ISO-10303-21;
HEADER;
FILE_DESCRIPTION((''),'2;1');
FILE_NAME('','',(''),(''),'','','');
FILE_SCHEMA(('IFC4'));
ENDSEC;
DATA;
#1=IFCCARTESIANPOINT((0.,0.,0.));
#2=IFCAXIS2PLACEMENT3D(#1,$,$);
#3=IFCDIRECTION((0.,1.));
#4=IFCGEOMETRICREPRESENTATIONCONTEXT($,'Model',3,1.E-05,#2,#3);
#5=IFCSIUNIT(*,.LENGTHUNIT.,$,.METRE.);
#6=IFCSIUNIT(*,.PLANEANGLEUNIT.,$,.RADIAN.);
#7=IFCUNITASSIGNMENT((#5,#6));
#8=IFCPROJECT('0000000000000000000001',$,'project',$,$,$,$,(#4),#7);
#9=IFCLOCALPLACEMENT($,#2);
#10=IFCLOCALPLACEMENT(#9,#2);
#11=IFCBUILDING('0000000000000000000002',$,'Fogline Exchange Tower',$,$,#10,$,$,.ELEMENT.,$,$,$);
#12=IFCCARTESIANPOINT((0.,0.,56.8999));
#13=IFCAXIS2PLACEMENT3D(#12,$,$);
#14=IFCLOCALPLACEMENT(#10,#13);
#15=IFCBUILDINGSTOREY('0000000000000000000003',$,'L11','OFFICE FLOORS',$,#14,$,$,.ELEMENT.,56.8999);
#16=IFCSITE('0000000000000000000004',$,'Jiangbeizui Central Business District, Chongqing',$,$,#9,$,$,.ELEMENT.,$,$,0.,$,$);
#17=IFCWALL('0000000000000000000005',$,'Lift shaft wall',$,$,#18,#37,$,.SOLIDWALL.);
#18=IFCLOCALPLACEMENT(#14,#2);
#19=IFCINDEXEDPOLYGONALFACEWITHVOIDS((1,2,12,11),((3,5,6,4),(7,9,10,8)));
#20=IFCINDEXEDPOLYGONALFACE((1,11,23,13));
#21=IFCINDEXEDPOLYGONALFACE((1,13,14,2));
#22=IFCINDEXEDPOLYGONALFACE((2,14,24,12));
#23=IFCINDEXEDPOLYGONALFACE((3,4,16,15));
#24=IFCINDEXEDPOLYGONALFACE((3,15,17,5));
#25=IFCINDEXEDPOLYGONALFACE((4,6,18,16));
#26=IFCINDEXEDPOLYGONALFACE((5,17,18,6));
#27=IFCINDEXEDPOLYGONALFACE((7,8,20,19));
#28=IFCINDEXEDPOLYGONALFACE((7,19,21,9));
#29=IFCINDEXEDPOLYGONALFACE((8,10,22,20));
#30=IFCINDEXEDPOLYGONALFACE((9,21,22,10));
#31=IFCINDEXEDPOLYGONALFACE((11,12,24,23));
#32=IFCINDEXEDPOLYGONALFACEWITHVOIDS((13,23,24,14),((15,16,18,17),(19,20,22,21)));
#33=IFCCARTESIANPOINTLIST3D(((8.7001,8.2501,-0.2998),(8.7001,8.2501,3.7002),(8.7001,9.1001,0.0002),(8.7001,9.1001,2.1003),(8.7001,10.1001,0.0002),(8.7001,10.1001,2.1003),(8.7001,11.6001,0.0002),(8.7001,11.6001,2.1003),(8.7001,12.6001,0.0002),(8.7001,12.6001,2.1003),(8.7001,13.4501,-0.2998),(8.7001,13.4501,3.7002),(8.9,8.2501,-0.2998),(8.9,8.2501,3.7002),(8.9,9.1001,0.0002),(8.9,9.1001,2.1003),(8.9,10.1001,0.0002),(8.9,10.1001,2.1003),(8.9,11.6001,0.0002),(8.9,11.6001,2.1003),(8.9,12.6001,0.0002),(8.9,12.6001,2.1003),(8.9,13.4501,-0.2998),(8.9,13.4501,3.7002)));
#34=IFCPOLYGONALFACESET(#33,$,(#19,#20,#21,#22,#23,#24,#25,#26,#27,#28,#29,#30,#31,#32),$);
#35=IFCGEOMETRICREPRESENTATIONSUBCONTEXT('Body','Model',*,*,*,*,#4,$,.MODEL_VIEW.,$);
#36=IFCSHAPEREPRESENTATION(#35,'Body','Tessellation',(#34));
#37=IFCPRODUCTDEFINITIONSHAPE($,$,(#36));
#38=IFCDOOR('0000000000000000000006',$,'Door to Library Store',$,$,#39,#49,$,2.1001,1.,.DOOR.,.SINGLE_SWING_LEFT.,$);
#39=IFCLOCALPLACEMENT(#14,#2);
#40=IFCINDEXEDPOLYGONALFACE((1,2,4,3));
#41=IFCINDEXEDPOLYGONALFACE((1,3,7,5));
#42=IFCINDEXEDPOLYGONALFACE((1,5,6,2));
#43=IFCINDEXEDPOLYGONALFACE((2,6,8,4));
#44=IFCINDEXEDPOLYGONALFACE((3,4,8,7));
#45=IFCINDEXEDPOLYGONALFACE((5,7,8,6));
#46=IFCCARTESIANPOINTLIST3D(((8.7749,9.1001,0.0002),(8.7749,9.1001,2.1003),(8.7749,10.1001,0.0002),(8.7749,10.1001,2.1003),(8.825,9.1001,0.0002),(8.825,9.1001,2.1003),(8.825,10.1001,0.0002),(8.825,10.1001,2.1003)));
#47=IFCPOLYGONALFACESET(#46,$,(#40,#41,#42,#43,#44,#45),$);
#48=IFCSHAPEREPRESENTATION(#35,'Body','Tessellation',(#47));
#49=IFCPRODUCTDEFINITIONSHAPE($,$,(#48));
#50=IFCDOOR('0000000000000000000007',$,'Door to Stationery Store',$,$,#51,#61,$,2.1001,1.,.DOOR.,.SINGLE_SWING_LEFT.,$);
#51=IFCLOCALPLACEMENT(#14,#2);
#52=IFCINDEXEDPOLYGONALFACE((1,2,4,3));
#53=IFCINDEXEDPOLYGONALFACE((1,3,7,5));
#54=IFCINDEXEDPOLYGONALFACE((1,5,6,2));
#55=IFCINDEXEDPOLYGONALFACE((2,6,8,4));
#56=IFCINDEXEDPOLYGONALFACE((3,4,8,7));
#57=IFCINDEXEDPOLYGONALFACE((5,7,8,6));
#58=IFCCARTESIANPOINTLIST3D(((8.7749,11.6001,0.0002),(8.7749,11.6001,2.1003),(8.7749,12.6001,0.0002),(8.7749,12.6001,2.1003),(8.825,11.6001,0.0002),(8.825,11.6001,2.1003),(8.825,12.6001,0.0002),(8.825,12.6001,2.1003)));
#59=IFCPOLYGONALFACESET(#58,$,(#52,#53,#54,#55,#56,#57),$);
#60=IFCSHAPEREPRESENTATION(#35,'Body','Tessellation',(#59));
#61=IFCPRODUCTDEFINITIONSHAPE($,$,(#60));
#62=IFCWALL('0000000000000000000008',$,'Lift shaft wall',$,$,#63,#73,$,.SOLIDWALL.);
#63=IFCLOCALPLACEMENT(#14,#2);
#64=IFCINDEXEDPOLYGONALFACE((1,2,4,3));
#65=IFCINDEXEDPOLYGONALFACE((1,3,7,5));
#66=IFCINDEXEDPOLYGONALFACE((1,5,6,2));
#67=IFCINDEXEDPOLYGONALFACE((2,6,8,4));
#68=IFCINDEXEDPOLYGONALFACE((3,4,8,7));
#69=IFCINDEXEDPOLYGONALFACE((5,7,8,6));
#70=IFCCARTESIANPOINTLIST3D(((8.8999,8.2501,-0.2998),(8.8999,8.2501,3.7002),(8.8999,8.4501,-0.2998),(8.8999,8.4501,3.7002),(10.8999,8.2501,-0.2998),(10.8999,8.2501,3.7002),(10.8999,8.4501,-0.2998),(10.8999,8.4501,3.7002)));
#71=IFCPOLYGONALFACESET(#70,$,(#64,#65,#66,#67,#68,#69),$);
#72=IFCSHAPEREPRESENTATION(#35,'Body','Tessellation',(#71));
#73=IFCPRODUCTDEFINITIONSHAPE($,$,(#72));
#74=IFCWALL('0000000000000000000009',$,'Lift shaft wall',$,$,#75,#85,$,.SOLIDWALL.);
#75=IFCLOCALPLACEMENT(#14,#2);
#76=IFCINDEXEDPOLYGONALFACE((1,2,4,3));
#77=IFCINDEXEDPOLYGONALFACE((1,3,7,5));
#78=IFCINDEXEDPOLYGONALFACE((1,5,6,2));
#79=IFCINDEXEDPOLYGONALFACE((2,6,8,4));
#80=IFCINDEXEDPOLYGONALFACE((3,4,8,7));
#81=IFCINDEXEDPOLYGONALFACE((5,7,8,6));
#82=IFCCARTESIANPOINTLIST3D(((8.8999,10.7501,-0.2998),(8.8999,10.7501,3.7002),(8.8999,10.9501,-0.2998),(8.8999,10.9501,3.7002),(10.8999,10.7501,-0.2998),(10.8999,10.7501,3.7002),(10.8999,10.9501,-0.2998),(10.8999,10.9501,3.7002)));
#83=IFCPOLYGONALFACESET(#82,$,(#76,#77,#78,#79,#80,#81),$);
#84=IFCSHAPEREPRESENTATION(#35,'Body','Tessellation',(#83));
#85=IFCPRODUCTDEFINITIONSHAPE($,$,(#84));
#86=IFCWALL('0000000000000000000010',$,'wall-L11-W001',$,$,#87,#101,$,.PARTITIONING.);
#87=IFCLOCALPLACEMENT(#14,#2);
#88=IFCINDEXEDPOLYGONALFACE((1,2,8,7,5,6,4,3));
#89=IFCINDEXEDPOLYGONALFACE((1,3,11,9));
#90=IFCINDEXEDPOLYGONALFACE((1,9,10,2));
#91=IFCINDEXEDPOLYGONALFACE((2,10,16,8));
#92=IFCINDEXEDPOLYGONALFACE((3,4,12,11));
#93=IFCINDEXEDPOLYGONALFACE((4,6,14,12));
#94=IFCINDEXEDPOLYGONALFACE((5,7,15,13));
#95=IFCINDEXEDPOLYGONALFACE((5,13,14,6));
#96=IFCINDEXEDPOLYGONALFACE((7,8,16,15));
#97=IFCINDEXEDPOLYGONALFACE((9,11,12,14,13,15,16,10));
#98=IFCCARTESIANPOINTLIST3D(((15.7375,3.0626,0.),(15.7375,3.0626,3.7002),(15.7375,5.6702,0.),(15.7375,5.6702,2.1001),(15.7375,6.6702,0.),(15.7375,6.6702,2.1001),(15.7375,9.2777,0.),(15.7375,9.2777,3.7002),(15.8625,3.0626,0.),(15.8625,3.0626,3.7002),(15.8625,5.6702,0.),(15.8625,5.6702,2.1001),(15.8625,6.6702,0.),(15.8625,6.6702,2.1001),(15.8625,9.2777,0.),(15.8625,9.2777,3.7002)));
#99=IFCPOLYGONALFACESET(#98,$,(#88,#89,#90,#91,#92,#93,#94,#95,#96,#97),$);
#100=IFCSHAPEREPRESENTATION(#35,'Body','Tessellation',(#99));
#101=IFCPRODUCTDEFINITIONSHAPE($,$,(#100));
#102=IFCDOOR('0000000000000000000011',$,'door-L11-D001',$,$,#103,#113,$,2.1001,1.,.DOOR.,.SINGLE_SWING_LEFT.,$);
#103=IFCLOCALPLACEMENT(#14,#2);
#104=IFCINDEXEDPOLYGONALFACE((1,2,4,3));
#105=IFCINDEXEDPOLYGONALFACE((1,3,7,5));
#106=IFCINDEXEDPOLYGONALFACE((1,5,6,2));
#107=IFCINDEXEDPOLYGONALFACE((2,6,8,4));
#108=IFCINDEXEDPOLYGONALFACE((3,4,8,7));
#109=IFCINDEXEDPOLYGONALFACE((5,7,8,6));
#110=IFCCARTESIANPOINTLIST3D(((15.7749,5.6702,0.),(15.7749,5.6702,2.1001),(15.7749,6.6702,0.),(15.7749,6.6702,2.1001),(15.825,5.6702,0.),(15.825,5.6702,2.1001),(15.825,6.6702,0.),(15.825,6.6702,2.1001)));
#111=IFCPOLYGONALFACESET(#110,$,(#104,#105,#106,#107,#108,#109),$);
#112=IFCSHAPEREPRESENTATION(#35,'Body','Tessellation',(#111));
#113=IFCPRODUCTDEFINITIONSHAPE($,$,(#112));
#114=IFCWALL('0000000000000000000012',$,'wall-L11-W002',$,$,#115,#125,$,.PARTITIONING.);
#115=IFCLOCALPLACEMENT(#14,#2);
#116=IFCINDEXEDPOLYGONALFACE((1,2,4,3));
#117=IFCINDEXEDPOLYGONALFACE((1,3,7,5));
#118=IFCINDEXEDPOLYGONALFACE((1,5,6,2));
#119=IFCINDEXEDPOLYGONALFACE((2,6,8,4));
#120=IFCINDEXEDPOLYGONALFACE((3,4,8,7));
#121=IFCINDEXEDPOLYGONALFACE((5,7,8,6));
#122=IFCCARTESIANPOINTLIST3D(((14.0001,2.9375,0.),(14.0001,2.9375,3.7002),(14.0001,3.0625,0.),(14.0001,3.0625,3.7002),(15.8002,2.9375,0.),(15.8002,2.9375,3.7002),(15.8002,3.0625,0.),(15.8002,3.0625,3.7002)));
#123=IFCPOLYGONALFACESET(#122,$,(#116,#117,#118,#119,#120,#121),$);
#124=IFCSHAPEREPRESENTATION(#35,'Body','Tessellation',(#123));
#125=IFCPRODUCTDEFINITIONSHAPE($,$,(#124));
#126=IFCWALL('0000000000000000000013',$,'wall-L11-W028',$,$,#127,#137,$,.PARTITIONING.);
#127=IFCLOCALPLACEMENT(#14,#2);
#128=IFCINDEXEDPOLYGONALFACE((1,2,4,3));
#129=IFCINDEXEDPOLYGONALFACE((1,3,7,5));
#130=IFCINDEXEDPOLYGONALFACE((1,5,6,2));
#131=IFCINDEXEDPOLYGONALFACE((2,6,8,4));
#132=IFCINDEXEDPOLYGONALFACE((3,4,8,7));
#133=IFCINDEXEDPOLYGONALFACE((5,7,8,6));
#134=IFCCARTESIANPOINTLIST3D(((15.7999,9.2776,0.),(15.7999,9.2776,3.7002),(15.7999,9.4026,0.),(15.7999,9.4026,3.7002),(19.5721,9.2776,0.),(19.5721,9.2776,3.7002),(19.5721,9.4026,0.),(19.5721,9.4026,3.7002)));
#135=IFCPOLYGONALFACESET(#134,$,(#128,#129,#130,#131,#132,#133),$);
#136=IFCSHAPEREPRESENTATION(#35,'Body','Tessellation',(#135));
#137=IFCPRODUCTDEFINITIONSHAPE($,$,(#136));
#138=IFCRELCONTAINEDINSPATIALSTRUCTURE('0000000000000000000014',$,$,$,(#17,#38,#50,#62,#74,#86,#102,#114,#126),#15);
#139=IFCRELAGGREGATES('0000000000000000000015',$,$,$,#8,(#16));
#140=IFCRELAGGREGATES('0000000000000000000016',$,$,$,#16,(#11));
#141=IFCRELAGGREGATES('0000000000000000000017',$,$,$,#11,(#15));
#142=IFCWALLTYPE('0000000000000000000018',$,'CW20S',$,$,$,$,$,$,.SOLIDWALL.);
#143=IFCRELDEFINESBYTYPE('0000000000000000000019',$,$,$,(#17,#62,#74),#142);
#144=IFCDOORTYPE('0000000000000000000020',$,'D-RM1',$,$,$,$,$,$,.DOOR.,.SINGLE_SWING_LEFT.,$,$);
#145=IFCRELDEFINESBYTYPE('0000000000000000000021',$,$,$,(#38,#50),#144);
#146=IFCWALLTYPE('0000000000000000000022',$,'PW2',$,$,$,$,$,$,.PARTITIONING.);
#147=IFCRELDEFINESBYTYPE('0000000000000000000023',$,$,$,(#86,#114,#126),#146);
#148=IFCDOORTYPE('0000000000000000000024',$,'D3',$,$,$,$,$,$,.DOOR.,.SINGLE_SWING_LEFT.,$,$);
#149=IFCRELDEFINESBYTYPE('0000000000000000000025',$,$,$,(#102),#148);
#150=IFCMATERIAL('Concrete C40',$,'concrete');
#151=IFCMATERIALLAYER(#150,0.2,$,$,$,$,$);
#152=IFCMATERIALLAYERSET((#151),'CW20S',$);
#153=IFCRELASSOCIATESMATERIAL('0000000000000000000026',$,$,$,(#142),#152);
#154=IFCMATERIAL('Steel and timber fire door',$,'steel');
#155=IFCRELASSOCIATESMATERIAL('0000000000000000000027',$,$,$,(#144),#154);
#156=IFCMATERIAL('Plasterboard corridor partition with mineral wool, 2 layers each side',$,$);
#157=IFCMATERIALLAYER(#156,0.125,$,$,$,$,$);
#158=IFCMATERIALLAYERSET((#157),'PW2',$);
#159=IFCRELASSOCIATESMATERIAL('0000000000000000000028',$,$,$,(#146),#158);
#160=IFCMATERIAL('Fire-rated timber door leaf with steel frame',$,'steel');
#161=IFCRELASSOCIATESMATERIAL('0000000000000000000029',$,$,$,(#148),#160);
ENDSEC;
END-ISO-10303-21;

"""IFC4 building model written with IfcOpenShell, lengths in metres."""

from ifc_helpers import new_model, si_unit, direction, frame, frame_2d, origin, place, context, subcontext, project, spatial, rectangle, extrude, material, layer, layer_set, type_object, element, fill, save


model = new_model("IFC4")

# Units and contexts
model_context = context("Model", 3, precision=1e-05, world=origin(), true_north=direction((0.0, 1.0)))
body_context = subcontext(model_context, "Body", "Model", "MODEL_VIEW")
ifc_project = project(units=[si_unit("LENGTHUNIT", "METRE"), si_unit("PLANEANGLEUNIT", "RADIAN")], contexts=[model_context])

# Site, building, storey
site_placement = place(None, origin())
site = spatial("IfcSite", under=ifc_project, at=site_placement, Name="Jiangbeizui Central Business District, Chongqing", CompositionType="ELEMENT", RefElevation=0.0)
building_placement = place(site_placement, origin())
building = spatial("IfcBuilding", under=site, at=building_placement, Name="Fogline Exchange Tower", CompositionType="ELEMENT")
storey_placement = place(building_placement, frame((0.0, 0.0, 56.8999)))
storey = spatial("IfcBuildingStorey", under=building, at=storey_placement, Name="L11", Description="OFFICE FLOORS", CompositionType="ELEMENT", Elevation=56.8999)

# Shared definitions
ifc_material_1 = material(Name="Concrete C40", Category="concrete")

# Shared definitions
ifc_material_2 = material(Name="Steel and timber fire door", Category="steel")

# Wall, openings, doors
ifc_layer_1 = layer(ifc_material_1, 0.2)
ifc_layer_set_1 = layer_set([ifc_layer_1], Name="CW20S")
wall_type_1 = type_object("IfcWallType", Name="CW20S", PredefinedType="SOLIDWALL", material=ifc_layer_set_1)
wall_1_placement = place(storey_placement, frame((8.8, 8.25, -0.2998), z_axis=(0.0, 0.0, 1.0), x_axis=(0.0, 1.0, 0.0)))
wall_1 = element("IfcWall", 1, at=wall_1_placement, inside=storey, type_object=wall_type_1, Name="Lift shaft wall", PredefinedType="SOLIDWALL", context=body_context, shape_type="SweptSolid", body=[
    extrude(rectangle(XDim=5.2, YDim=0.2, at=frame_2d((2.6001, 0.0))), origin(), (0.0, 0.0, 1.0), 4.0),
])
opening_1_placement = place(wall_1_placement, frame((0.8501, 0.0, 0.3)))
opening_1 = element("IfcOpeningElement", 2, at=opening_1_placement, cuts=wall_1, PredefinedType="OPENING", context=body_context, shape_type="SweptSolid", body=[
    extrude(rectangle(XDim=1.0, YDim=2.1001, at=frame_2d((0.5, 1.05))), frame((0.0, 0.1099, 0.0), z_axis=(0.0, -1.0, 0.0), x_axis=(1.0, 0.0, 0.0)), (0.0, 0.0, 1.0), 0.22),
])
opening_2_placement = place(wall_1_placement, frame((3.3501, 0.0, 0.3)))
opening_2 = element("IfcOpeningElement", 3, at=opening_2_placement, cuts=wall_1, PredefinedType="OPENING", context=body_context, shape_type="SweptSolid", body=[
    extrude(rectangle(XDim=1.0, YDim=2.1001, at=frame_2d((0.5, 1.05))), frame((0.0, 0.1099, 0.0), z_axis=(0.0, -1.0, 0.0), x_axis=(1.0, 0.0, 0.0)), (0.0, 0.0, 1.0), 0.22),
])
door_type_1 = type_object("IfcDoorType", Name="D-RM1", OperationType="SINGLE_SWING_LEFT", PredefinedType="DOOR", material=ifc_material_2)
door_1_placement = place(opening_1_placement, frame((1.0, 0.0, 0.0), z_axis=(0.0, 0.0, 1.0), x_axis=(-1.0, 0.0, 0.0)))
door_1 = element("IfcDoor", 4, at=door_1_placement, inside=storey, type_object=door_type_1, Name="Door to Library Store", OperationType="SINGLE_SWING_LEFT", OverallHeight=2.1001, OverallWidth=1.0, PredefinedType="DOOR", context=body_context, shape_type="SweptSolid", body=[
    extrude(rectangle(XDim=1.0, YDim=2.1001, at=frame_2d((0.5, 1.05))), frame((0.0, 0.0249, 0.0), z_axis=(0.0, -1.0, 0.0), x_axis=(1.0, 0.0, 0.0)), (0.0, 0.0, 1.0), 0.05),
])
fill(opening_1, door_1)
door_2_placement = place(opening_2_placement, frame((1.0, 0.0, 0.0), z_axis=(0.0, 0.0, 1.0), x_axis=(-1.0, 0.0, 0.0)))
door_2 = element("IfcDoor", 5, at=door_2_placement, inside=storey, type_object=door_type_1, Name="Door to Stationery Store", OperationType="SINGLE_SWING_LEFT", OverallHeight=2.1001, OverallWidth=1.0, PredefinedType="DOOR", context=body_context, shape_type="SweptSolid", body=[
    extrude(rectangle(XDim=1.0, YDim=2.1001, at=frame_2d((0.5, 1.05))), frame((0.0, 0.0249, 0.0), z_axis=(0.0, -1.0, 0.0), x_axis=(1.0, 0.0, 0.0)), (0.0, 0.0, 1.0), 0.05),
])
fill(opening_2, door_2)

# Walls
for number, where, z_axis, x_axis, name in (
    (6, (8.8999, 8.3501, -0.2998), (0.0, 0.0, 1.0), (1.0, 0.0, 0.0), "Lift shaft wall"),
    (7, (8.8999, 10.8501, -0.2998), (0.0, 0.0, 1.0), (1.0, 0.0, 0.0), "Lift shaft wall"),
):
    element("IfcWall", number, at=place(storey_placement, frame(where, z_axis=z_axis, x_axis=x_axis)), inside=storey, type_object=wall_type_1, Name=name, PredefinedType="SOLIDWALL", context=body_context, shape_type="SweptSolid", body=[
        extrude(rectangle(XDim=2.0, YDim=0.2, at=frame_2d((1.0, 0.0))), origin(), (0.0, 0.0, 1.0), 4.0),
    ])

# Wall, opening, door
ifc_material_3 = material(Name="Plasterboard corridor partition with mineral wool, 2 layers each side")
ifc_layer_2 = layer(ifc_material_3, 0.125)
ifc_layer_set_2 = layer_set([ifc_layer_2], Name="PW2")
wall_type_2 = type_object("IfcWallType", Name="PW2", PredefinedType="PARTITIONING", material=ifc_layer_set_2)
wall_2_placement = place(storey_placement, frame((15.8, 9.2776, 0.0), z_axis=(0.0, 0.0, 1.0), x_axis=(0.0, -1.0, 0.0)))
wall_2 = element("IfcWall", 8, at=wall_2_placement, inside=storey, type_object=wall_type_2, Name="wall-L11-W001", PredefinedType="PARTITIONING", context=body_context, shape_type="SweptSolid", body=[
    extrude(rectangle(XDim=6.2151, YDim=0.125, at=frame_2d((3.1074, 0.0))), origin(), (0.0, 0.0, 1.0), 3.7002),
])
opening_3_placement = place(wall_2_placement, frame((2.6074, 0.0, 0.0)))
opening_3 = element("IfcOpeningElement", 9, at=opening_3_placement, cuts=wall_2, PredefinedType="OPENING", context=body_context, shape_type="SweptSolid", body=[
    extrude(rectangle(XDim=1.0, YDim=2.1001, at=frame_2d((0.5, 1.05))), frame((0.0, 0.0725, 0.0), z_axis=(0.0, -1.0, 0.0), x_axis=(1.0, 0.0, 0.0)), (0.0, 0.0, 1.0), 0.145),
])
ifc_material_4 = material(Name="Fire-rated timber door leaf with steel frame", Category="steel")
door_type_2 = type_object("IfcDoorType", Name="D3", OperationType="SINGLE_SWING_LEFT", PredefinedType="DOOR", material=ifc_material_4)
door_3_placement = place(opening_3_placement, origin())
door_3 = element("IfcDoor", 10, at=door_3_placement, inside=storey, type_object=door_type_2, Name="door-L11-D001", OperationType="SINGLE_SWING_LEFT", OverallHeight=2.1001, OverallWidth=1.0, PredefinedType="DOOR", context=body_context, shape_type="SweptSolid", body=[
    extrude(rectangle(XDim=1.0, YDim=2.1001, at=frame_2d((0.5, 1.05))), frame((0.0, 0.0249, 0.0), z_axis=(0.0, -1.0, 0.0), x_axis=(1.0, 0.0, 0.0)), (0.0, 0.0, 1.0), 0.05),
])
fill(opening_3, door_3)

# Walls
wall_3_placement = place(storey_placement, frame((15.8, 3.0, 0.0), z_axis=(0.0, 0.0, 1.0), x_axis=(-1.0, 0.0, 0.0)))
element("IfcWall", 11, at=wall_3_placement, inside=storey, type_object=wall_type_2, Name="wall-L11-W002", PredefinedType="PARTITIONING", context=body_context, shape_type="SweptSolid", body=[
    extrude(rectangle(XDim=1.8, YDim=0.125, at=frame_2d((0.8999, 0.0))), origin(), (0.0, 0.0, 1.0), 3.7002),
])
wall_4_placement = place(storey_placement, frame((19.5723, 9.3401, 0.0), z_axis=(0.0, 0.0, 1.0), x_axis=(-1.0, 0.0, 0.0)))
element("IfcWall", 12, at=wall_4_placement, inside=storey, type_object=wall_type_2, Name="wall-L11-W028", PredefinedType="PARTITIONING", context=body_context, shape_type="SweptSolid", body=[
    extrude(rectangle(XDim=3.7722, YDim=0.125, at=frame_2d((1.8862, 0.0))), origin(), (0.0, 0.0, 1.0), 3.7002),
])

save(model, "model.ifc")
